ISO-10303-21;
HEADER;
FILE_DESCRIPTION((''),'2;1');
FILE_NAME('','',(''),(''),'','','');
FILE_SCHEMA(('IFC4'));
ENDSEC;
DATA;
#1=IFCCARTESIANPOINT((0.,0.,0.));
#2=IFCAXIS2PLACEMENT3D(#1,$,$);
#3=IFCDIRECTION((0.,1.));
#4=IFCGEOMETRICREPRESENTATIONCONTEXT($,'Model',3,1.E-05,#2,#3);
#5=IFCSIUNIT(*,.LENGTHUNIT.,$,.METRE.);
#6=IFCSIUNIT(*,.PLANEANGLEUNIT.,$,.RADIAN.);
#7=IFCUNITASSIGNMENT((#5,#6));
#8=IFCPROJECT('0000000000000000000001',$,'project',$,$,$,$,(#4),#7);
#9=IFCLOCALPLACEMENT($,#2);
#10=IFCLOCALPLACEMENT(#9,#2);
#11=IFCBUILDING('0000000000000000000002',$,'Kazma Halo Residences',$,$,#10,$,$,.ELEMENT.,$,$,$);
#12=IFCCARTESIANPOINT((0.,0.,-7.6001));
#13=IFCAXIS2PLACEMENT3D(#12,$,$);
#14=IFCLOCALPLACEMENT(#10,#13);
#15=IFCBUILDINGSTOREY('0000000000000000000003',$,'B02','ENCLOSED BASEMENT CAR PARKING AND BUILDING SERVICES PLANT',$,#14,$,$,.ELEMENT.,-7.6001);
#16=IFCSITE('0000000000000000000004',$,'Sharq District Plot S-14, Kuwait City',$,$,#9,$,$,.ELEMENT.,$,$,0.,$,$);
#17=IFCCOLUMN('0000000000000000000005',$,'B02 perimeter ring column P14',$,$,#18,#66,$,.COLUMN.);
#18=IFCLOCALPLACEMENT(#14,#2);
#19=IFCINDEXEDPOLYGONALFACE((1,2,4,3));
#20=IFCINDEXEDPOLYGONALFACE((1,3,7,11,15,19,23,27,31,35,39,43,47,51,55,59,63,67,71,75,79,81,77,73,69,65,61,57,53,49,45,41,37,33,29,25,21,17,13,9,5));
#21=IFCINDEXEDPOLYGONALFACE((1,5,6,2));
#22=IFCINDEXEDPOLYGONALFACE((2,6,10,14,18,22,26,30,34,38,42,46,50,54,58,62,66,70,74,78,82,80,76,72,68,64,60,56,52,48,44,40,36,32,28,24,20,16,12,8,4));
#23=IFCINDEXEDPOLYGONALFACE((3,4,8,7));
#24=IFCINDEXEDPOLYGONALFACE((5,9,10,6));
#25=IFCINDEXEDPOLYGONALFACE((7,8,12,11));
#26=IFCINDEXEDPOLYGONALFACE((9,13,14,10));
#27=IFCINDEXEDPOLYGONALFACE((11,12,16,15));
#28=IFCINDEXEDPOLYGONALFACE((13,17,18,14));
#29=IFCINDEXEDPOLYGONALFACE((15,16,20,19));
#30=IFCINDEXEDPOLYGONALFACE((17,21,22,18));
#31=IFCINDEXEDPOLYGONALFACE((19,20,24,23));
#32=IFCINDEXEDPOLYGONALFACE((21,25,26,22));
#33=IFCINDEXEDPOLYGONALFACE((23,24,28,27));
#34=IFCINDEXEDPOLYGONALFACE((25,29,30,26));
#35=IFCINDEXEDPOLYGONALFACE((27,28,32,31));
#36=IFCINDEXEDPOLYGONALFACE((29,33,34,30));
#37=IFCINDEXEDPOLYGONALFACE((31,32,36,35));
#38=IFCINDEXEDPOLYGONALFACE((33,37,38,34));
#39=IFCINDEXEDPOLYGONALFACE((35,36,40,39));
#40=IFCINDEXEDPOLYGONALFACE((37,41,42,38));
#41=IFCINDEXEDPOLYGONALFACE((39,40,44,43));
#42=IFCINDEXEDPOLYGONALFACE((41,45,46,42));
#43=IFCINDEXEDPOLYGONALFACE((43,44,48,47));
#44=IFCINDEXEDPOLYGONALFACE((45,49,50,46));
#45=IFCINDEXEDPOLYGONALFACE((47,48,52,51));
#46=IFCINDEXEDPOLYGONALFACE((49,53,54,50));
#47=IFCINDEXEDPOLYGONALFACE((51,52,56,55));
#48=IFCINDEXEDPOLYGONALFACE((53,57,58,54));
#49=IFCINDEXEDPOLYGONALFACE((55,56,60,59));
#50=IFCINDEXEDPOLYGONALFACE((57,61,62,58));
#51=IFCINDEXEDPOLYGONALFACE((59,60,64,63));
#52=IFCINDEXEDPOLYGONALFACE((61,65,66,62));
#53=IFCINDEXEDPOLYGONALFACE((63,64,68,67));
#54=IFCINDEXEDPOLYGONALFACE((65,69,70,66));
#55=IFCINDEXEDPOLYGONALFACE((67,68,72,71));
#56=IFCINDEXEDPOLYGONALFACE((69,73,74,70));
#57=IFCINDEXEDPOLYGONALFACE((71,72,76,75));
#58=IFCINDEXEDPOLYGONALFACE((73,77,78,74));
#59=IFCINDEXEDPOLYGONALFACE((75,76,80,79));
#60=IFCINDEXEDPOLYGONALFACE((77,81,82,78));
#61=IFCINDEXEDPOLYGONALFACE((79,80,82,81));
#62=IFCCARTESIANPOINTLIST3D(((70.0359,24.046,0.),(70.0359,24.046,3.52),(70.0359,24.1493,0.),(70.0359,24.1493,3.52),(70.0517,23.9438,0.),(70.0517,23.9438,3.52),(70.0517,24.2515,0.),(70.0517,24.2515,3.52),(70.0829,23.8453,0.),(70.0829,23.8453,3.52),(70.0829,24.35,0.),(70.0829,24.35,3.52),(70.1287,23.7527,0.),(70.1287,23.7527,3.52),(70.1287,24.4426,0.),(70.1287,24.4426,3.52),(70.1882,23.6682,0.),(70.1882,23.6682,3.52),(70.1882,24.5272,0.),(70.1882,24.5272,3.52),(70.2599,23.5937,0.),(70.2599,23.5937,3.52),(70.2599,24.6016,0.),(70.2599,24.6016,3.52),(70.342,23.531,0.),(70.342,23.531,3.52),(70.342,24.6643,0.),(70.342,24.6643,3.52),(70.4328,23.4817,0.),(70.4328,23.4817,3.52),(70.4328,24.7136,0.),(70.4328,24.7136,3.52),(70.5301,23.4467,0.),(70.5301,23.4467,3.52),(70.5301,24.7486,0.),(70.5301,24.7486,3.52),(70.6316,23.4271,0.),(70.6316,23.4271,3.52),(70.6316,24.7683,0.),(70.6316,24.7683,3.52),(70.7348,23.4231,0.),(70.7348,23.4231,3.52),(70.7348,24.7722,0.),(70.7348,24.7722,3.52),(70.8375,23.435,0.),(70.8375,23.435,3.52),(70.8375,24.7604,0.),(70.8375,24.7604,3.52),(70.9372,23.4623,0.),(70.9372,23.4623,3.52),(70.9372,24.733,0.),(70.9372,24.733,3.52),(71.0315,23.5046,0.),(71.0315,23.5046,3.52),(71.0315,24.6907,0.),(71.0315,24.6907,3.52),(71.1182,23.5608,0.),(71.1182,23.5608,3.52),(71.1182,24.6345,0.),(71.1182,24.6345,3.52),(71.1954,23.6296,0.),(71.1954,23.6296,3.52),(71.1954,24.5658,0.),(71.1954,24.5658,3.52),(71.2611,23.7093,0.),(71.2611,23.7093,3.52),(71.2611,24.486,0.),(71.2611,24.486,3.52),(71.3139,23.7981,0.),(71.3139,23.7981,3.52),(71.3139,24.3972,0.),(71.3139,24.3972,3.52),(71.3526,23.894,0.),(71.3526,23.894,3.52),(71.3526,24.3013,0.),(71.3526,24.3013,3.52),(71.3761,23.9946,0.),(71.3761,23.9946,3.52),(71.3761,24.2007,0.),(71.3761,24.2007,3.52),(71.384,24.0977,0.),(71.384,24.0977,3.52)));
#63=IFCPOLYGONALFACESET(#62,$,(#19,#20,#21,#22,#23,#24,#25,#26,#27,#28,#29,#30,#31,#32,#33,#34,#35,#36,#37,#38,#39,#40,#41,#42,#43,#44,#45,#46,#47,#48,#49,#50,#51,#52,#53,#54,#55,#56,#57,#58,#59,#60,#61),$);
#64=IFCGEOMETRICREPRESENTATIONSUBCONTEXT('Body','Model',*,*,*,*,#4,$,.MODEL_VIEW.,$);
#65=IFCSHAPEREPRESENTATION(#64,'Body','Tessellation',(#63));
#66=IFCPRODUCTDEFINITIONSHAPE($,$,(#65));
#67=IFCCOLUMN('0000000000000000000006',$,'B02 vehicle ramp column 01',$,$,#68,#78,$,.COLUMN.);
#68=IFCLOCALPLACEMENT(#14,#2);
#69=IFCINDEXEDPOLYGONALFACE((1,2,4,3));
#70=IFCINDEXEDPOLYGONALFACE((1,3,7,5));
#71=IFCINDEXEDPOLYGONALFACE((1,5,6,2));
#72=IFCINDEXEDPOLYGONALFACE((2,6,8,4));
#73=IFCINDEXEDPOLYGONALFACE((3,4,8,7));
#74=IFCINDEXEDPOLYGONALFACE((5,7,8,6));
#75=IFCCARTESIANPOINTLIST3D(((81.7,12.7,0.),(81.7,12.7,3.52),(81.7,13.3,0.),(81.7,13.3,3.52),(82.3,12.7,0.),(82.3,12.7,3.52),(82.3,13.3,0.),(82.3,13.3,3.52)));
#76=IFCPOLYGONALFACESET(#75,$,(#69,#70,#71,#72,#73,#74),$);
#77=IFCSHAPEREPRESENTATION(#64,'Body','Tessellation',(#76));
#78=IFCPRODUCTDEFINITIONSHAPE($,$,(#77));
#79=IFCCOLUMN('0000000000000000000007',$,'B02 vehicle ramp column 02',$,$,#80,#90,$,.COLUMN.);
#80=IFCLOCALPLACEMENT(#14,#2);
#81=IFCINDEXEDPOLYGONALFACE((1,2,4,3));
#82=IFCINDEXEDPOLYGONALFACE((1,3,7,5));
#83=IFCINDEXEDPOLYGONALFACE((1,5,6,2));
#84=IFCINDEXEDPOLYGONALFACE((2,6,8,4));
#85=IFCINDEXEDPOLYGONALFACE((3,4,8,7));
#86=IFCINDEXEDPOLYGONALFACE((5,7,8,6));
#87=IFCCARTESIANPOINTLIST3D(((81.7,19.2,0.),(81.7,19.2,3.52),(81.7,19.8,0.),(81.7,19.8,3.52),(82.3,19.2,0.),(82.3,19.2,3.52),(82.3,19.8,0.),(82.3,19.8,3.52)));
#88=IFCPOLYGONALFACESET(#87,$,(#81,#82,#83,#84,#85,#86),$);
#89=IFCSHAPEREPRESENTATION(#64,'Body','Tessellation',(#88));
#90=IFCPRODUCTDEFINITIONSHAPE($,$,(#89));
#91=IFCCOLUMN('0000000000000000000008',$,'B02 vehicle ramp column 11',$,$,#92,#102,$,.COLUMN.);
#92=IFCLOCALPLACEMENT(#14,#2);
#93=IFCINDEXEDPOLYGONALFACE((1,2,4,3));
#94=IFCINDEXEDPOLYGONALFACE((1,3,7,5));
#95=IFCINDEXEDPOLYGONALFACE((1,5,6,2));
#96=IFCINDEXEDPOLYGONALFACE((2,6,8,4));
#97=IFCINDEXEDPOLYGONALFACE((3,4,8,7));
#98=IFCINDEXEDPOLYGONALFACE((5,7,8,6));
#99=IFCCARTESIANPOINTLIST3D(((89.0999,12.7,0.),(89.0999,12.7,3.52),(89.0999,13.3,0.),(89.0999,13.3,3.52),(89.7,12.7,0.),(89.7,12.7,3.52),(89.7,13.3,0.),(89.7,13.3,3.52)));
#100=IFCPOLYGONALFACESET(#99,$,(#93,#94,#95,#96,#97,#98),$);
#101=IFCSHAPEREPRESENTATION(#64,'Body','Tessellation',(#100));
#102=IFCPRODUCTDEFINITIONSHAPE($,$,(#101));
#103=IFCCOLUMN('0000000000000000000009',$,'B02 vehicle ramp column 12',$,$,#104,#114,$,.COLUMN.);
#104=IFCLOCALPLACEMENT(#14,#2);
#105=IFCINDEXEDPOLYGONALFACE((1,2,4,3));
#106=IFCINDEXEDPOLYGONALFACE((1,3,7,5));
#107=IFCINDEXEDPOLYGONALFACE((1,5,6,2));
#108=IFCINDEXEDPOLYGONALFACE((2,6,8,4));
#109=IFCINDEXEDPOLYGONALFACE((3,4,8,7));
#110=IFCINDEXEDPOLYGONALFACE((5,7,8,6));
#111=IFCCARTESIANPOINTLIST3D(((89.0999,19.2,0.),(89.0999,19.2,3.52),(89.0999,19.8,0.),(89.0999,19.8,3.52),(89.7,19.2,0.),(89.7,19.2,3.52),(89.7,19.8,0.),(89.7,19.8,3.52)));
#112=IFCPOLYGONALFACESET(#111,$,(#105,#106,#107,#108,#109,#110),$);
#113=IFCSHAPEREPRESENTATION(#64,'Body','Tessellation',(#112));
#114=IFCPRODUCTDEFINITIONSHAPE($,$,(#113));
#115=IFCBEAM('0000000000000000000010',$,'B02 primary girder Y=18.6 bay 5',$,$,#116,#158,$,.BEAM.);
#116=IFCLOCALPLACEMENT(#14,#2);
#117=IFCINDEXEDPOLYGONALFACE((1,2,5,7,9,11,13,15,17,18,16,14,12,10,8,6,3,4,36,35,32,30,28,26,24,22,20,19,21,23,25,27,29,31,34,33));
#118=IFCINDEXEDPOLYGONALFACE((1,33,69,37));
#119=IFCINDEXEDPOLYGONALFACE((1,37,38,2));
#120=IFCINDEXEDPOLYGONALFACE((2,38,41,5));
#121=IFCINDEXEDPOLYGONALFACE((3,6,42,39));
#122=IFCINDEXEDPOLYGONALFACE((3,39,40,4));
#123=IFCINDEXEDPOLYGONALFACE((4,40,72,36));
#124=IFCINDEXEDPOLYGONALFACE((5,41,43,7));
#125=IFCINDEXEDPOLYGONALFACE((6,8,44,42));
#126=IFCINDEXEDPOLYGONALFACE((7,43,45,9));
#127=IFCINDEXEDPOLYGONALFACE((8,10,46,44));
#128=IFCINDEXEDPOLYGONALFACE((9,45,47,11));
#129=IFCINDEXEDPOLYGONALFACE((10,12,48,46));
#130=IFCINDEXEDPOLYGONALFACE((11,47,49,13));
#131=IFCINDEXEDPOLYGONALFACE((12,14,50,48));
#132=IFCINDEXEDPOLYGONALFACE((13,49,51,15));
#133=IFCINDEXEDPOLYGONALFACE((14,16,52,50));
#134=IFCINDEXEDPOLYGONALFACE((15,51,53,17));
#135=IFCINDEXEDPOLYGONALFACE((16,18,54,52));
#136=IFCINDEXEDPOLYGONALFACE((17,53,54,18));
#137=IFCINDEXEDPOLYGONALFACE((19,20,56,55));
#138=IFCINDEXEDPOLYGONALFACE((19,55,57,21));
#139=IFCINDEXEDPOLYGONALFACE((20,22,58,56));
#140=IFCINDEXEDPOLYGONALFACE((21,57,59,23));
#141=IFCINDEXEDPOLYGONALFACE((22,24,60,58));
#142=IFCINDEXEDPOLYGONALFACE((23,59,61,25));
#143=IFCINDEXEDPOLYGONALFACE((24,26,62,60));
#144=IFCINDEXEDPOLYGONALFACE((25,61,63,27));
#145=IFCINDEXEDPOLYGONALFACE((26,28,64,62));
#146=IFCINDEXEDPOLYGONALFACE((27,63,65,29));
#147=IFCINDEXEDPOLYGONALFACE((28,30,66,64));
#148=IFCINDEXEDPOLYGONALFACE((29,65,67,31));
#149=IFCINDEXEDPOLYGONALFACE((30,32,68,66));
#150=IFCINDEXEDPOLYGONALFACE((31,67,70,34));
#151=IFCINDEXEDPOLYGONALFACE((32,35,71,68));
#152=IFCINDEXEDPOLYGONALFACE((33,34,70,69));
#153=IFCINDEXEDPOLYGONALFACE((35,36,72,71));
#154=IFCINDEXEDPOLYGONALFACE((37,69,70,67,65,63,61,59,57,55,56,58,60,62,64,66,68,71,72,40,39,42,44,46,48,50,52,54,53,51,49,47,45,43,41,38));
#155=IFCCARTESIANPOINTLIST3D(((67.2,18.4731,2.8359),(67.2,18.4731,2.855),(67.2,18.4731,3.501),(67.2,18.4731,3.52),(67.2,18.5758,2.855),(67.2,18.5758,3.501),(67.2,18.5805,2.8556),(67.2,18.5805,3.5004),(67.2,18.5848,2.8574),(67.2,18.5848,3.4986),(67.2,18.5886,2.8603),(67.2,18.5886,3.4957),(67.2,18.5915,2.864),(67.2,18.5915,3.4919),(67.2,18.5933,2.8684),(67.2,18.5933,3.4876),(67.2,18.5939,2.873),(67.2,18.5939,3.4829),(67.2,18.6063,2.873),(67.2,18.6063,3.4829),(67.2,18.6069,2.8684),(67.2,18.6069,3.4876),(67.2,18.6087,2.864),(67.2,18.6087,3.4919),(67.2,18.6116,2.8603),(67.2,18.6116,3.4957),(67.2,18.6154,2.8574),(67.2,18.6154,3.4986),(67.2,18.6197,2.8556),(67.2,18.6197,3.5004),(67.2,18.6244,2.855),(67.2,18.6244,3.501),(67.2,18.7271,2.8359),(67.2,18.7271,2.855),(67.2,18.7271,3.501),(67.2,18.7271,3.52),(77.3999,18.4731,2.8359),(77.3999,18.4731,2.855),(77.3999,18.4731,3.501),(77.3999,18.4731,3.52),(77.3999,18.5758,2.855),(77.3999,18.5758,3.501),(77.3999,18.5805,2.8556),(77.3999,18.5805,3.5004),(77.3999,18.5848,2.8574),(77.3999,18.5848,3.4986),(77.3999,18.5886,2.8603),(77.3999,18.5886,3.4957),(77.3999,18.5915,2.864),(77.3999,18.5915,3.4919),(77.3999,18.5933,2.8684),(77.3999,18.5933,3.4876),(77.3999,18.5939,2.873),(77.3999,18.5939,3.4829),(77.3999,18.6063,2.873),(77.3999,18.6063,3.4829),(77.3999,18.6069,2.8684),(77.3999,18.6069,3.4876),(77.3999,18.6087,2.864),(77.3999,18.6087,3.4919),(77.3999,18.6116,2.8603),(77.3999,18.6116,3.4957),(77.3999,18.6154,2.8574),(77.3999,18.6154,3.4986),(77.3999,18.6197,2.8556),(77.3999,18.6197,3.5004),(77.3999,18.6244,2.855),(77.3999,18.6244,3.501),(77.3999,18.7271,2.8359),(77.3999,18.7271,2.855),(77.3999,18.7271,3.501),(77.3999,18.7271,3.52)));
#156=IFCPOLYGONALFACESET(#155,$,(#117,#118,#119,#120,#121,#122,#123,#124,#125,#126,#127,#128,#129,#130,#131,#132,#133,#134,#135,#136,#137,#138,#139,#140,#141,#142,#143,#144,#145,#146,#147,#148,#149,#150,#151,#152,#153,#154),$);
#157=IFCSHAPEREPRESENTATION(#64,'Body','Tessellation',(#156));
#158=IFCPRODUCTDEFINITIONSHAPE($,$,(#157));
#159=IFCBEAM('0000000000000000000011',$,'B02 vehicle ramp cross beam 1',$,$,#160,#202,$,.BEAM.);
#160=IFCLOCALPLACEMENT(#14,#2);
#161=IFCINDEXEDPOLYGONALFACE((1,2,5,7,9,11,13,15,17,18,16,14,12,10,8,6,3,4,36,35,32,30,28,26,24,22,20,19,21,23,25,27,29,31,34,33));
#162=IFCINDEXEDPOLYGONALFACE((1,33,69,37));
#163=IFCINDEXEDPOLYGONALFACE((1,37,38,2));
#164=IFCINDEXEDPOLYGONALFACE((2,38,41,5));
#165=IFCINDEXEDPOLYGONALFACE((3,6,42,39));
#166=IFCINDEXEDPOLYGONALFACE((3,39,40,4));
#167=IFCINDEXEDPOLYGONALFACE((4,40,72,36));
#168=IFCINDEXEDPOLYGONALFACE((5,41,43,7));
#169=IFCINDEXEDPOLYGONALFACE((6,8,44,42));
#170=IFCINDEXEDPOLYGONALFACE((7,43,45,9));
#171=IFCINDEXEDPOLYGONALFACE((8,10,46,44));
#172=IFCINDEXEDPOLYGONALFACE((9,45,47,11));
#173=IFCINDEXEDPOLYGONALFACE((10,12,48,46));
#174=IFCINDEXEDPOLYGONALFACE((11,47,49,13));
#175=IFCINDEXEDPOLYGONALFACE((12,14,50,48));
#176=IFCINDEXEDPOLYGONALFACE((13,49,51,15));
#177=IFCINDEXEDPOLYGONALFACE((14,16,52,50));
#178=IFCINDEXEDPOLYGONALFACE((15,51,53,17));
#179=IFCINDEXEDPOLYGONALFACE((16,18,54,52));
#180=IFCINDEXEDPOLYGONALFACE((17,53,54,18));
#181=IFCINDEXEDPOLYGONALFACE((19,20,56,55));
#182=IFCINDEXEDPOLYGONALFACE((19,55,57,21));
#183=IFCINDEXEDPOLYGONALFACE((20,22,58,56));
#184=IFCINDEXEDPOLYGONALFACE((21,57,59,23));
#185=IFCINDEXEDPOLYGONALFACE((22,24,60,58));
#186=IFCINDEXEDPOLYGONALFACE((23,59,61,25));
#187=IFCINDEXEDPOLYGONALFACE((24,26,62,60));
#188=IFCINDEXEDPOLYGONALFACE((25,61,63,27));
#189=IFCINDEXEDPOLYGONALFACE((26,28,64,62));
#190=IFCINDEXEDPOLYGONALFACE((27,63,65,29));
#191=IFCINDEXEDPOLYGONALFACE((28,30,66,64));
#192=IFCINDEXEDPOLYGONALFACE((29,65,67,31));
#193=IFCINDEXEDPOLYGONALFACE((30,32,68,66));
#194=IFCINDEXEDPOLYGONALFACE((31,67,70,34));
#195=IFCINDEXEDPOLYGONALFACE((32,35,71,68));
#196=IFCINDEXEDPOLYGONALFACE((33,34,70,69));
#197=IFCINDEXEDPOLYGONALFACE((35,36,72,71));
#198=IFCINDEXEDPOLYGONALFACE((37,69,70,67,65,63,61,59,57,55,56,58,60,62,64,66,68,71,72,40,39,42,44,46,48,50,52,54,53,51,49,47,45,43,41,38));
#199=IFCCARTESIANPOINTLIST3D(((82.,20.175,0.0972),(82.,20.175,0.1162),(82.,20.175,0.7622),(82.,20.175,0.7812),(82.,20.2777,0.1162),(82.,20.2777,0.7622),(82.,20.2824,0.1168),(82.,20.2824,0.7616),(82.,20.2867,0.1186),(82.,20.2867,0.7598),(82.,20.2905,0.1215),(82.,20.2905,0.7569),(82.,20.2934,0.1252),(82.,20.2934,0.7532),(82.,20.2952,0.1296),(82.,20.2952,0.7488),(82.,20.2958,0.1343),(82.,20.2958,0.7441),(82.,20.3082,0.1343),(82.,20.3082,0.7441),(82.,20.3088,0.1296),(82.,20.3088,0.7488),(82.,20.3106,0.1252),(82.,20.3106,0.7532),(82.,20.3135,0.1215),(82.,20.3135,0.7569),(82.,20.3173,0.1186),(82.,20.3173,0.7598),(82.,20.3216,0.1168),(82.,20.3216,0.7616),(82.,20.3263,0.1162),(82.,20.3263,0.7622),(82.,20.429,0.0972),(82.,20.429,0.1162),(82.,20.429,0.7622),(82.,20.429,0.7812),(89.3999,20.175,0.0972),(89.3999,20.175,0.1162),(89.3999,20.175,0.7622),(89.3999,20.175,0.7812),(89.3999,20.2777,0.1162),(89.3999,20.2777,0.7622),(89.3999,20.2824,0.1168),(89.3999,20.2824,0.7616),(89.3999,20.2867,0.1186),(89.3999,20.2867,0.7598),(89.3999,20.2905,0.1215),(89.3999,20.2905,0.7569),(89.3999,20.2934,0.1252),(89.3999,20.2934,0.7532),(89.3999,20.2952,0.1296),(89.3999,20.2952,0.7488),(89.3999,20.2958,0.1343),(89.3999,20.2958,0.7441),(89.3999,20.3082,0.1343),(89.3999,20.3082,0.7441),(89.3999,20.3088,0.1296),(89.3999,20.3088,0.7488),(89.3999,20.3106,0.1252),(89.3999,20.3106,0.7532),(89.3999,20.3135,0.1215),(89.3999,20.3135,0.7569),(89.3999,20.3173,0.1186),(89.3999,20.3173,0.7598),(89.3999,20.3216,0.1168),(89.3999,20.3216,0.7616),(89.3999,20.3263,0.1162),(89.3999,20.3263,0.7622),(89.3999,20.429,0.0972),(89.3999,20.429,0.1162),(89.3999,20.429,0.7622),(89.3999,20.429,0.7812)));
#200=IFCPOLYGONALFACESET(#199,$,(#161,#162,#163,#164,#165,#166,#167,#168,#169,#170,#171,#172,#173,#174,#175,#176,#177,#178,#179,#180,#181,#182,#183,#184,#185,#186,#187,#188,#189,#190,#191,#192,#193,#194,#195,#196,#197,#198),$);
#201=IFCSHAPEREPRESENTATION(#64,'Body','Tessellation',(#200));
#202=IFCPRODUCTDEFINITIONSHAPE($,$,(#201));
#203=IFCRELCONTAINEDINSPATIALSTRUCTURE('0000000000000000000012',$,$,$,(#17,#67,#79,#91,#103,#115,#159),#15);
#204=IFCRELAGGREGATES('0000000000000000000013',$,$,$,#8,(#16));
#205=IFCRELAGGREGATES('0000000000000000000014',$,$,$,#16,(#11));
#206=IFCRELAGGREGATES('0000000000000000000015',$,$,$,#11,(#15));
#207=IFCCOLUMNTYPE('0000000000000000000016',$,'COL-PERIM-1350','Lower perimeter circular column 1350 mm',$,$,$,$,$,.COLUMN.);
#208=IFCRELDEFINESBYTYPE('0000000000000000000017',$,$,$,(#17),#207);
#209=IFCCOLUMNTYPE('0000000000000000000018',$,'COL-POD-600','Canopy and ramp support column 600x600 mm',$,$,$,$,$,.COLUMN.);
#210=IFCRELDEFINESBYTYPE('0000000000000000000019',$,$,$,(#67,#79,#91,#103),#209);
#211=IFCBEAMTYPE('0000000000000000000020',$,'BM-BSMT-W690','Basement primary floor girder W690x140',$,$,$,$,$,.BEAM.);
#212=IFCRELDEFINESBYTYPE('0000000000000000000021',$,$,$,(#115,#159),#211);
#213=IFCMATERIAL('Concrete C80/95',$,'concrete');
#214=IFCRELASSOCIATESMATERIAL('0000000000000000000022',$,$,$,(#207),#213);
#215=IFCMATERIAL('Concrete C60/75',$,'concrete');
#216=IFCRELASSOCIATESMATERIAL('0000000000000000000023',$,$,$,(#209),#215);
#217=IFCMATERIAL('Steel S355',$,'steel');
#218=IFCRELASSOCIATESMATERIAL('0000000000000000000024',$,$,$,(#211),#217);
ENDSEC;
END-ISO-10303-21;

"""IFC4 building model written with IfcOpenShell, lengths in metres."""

from ifc_helpers import new_model, si_unit, direction, frame, origin, origin_2d, place, context, subcontext, project, spatial, rectangle, circle, i_section, extrude, material, material_profile, profile_set, type_object, element, save


model = new_model("IFC4")

# Units and contexts
model_context = context("Model", 3, precision=1e-05, world=origin(), true_north=direction((0.0, 1.0)))
body_context = subcontext(model_context, "Body", "Model", "MODEL_VIEW")
ifc_project = project(units=[si_unit("LENGTHUNIT", "METRE"), si_unit("PLANEANGLEUNIT", "RADIAN")], contexts=[model_context])

# Site, building, storey
site_placement = place(None, origin())
site = spatial("IfcSite", under=ifc_project, at=site_placement, Name="Sharq District Plot S-14, Kuwait City", CompositionType="ELEMENT", RefElevation=0.0)
building_placement = place(site_placement, origin())
building = spatial("IfcBuilding", under=site, at=building_placement, Name="Kazma Halo Residences", CompositionType="ELEMENT")
storey_placement = place(building_placement, frame((0.0, 0.0, -7.6001)))
storey = spatial("IfcBuildingStorey", under=building, at=storey_placement, Name="B02", Description="ENCLOSED BASEMENT CAR PARKING AND BUILDING SERVICES PLANT", CompositionType="ELEMENT", Elevation=-7.6001)

# Shared definitions
ifc_material_1 = material(Name="Concrete C60/75", Category="concrete")

# Columns
ifc_material_2 = material(Name="Concrete C80/95", Category="concrete")
ifc_material_profile_1 = material_profile(ifc_material_2, circle(Radius=0.675, at=origin_2d()), Name="CIRC1350")
ifc_profile_set_1 = profile_set([ifc_material_profile_1], Name="Concrete C80/95")
column_type_1 = type_object("IfcColumnType", Name="COL-PERIM-1350", Description="Lower perimeter circular column 1350 mm", PredefinedType="COLUMN", material=ifc_profile_set_1)
column_placement = place(storey_placement, frame((70.709, 24.0977, 0.0), z_axis=(0.0, 0.0, 1.0), x_axis=(1.0, 0.0, 0.0)))
element("IfcColumn", 1, at=column_placement, inside=storey, type_object=column_type_1, Name="B02 perimeter ring column P14", PredefinedType="COLUMN", context=body_context, shape_type="SweptSolid", body=[
    extrude(circle(Radius=0.675, at=origin_2d()), origin(), (0.0, 0.0, 1.0), 3.52),
])
ifc_material_profile_2 = material_profile(ifc_material_1, rectangle(XDim=0.6001, YDim=0.6001, at=origin_2d()), Name="RECT600x600")
ifc_profile_set_2 = profile_set([ifc_material_profile_2], Name="Concrete C60/75")
column_type_2 = type_object("IfcColumnType", Name="COL-POD-600", Description="Canopy and ramp support column 600x600 mm", PredefinedType="COLUMN", material=ifc_profile_set_2)
for number, where, z_axis, x_axis, name in (
    (2, (82.0, 13.0, 0.0), (0.0, 0.0, 1.0), (1.0, 0.0, 0.0), "B02 vehicle ramp column 01"),
    (3, (82.0, 19.5, 0.0), (0.0, 0.0, 1.0), (1.0, 0.0, 0.0), "B02 vehicle ramp column 02"),
    (4, (89.3999, 13.0, 0.0), (0.0, 0.0, 1.0), (1.0, 0.0, 0.0), "B02 vehicle ramp column 11"),
    (5, (89.3999, 19.5, 0.0), (0.0, 0.0, 1.0), (1.0, 0.0, 0.0), "B02 vehicle ramp column 12"),
):
    element("IfcColumn", number, at=place(storey_placement, frame(where, z_axis=z_axis, x_axis=x_axis)), inside=storey, type_object=column_type_2, Name=name, PredefinedType="COLUMN", context=body_context, shape_type="SweptSolid", body=[
        extrude(rectangle(XDim=0.6001, YDim=0.6001, at=origin_2d()), origin(), (0.0, 0.0, 1.0), 3.52),
    ])

# Beams
ifc_material_3 = material(Name="Steel S355", Category="steel")
ifc_material_profile_3 = material_profile(ifc_material_3, i_section(OverallWidth=0.2539, OverallDepth=0.6841, WebThickness=0.0125, FlangeThickness=0.019, FilletRadius=0.0181, at=origin_2d()), Name="W690x140")
ifc_profile_set_3 = profile_set([ifc_material_profile_3], Name="Steel S355")
beam_type_1 = type_object("IfcBeamType", Name="BM-BSMT-W690", Description="Basement primary floor girder W690x140", PredefinedType="BEAM", material=ifc_profile_set_3)
beam_1_placement = place(storey_placement, frame((67.2, 18.6001, 3.178), z_axis=(1.0, 0.0, 0.0), x_axis=(0.0, 1.0, 0.0)))
element("IfcBeam", 6, at=beam_1_placement, inside=storey, type_object=beam_type_1, Name="B02 primary girder Y=18.6 bay 5", PredefinedType="BEAM", context=body_context, shape_type="SweptSolid", body=[
    extrude(i_section(OverallWidth=0.2539, OverallDepth=0.6841, WebThickness=0.0125, FlangeThickness=0.019, FilletRadius=0.0181, at=origin_2d()), origin(), (0.0, 0.0, 1.0), 10.2),
])
beam_2_placement = place(storey_placement, frame((82.0, 20.302, 0.4392), z_axis=(1.0, 0.0, 0.0), x_axis=(0.0, 1.0, 0.0)))
element("IfcBeam", 7, at=beam_2_placement, inside=storey, type_object=beam_type_1, Name="B02 vehicle ramp cross beam 1", PredefinedType="BEAM", context=body_context, shape_type="SweptSolid", body=[
    extrude(i_section(OverallWidth=0.2539, OverallDepth=0.6841, WebThickness=0.0125, FlangeThickness=0.019, FilletRadius=0.0181, at=origin_2d()), origin(), (0.0, 0.0, 1.0), 7.3999),
])

save(model, "model.ifc")
